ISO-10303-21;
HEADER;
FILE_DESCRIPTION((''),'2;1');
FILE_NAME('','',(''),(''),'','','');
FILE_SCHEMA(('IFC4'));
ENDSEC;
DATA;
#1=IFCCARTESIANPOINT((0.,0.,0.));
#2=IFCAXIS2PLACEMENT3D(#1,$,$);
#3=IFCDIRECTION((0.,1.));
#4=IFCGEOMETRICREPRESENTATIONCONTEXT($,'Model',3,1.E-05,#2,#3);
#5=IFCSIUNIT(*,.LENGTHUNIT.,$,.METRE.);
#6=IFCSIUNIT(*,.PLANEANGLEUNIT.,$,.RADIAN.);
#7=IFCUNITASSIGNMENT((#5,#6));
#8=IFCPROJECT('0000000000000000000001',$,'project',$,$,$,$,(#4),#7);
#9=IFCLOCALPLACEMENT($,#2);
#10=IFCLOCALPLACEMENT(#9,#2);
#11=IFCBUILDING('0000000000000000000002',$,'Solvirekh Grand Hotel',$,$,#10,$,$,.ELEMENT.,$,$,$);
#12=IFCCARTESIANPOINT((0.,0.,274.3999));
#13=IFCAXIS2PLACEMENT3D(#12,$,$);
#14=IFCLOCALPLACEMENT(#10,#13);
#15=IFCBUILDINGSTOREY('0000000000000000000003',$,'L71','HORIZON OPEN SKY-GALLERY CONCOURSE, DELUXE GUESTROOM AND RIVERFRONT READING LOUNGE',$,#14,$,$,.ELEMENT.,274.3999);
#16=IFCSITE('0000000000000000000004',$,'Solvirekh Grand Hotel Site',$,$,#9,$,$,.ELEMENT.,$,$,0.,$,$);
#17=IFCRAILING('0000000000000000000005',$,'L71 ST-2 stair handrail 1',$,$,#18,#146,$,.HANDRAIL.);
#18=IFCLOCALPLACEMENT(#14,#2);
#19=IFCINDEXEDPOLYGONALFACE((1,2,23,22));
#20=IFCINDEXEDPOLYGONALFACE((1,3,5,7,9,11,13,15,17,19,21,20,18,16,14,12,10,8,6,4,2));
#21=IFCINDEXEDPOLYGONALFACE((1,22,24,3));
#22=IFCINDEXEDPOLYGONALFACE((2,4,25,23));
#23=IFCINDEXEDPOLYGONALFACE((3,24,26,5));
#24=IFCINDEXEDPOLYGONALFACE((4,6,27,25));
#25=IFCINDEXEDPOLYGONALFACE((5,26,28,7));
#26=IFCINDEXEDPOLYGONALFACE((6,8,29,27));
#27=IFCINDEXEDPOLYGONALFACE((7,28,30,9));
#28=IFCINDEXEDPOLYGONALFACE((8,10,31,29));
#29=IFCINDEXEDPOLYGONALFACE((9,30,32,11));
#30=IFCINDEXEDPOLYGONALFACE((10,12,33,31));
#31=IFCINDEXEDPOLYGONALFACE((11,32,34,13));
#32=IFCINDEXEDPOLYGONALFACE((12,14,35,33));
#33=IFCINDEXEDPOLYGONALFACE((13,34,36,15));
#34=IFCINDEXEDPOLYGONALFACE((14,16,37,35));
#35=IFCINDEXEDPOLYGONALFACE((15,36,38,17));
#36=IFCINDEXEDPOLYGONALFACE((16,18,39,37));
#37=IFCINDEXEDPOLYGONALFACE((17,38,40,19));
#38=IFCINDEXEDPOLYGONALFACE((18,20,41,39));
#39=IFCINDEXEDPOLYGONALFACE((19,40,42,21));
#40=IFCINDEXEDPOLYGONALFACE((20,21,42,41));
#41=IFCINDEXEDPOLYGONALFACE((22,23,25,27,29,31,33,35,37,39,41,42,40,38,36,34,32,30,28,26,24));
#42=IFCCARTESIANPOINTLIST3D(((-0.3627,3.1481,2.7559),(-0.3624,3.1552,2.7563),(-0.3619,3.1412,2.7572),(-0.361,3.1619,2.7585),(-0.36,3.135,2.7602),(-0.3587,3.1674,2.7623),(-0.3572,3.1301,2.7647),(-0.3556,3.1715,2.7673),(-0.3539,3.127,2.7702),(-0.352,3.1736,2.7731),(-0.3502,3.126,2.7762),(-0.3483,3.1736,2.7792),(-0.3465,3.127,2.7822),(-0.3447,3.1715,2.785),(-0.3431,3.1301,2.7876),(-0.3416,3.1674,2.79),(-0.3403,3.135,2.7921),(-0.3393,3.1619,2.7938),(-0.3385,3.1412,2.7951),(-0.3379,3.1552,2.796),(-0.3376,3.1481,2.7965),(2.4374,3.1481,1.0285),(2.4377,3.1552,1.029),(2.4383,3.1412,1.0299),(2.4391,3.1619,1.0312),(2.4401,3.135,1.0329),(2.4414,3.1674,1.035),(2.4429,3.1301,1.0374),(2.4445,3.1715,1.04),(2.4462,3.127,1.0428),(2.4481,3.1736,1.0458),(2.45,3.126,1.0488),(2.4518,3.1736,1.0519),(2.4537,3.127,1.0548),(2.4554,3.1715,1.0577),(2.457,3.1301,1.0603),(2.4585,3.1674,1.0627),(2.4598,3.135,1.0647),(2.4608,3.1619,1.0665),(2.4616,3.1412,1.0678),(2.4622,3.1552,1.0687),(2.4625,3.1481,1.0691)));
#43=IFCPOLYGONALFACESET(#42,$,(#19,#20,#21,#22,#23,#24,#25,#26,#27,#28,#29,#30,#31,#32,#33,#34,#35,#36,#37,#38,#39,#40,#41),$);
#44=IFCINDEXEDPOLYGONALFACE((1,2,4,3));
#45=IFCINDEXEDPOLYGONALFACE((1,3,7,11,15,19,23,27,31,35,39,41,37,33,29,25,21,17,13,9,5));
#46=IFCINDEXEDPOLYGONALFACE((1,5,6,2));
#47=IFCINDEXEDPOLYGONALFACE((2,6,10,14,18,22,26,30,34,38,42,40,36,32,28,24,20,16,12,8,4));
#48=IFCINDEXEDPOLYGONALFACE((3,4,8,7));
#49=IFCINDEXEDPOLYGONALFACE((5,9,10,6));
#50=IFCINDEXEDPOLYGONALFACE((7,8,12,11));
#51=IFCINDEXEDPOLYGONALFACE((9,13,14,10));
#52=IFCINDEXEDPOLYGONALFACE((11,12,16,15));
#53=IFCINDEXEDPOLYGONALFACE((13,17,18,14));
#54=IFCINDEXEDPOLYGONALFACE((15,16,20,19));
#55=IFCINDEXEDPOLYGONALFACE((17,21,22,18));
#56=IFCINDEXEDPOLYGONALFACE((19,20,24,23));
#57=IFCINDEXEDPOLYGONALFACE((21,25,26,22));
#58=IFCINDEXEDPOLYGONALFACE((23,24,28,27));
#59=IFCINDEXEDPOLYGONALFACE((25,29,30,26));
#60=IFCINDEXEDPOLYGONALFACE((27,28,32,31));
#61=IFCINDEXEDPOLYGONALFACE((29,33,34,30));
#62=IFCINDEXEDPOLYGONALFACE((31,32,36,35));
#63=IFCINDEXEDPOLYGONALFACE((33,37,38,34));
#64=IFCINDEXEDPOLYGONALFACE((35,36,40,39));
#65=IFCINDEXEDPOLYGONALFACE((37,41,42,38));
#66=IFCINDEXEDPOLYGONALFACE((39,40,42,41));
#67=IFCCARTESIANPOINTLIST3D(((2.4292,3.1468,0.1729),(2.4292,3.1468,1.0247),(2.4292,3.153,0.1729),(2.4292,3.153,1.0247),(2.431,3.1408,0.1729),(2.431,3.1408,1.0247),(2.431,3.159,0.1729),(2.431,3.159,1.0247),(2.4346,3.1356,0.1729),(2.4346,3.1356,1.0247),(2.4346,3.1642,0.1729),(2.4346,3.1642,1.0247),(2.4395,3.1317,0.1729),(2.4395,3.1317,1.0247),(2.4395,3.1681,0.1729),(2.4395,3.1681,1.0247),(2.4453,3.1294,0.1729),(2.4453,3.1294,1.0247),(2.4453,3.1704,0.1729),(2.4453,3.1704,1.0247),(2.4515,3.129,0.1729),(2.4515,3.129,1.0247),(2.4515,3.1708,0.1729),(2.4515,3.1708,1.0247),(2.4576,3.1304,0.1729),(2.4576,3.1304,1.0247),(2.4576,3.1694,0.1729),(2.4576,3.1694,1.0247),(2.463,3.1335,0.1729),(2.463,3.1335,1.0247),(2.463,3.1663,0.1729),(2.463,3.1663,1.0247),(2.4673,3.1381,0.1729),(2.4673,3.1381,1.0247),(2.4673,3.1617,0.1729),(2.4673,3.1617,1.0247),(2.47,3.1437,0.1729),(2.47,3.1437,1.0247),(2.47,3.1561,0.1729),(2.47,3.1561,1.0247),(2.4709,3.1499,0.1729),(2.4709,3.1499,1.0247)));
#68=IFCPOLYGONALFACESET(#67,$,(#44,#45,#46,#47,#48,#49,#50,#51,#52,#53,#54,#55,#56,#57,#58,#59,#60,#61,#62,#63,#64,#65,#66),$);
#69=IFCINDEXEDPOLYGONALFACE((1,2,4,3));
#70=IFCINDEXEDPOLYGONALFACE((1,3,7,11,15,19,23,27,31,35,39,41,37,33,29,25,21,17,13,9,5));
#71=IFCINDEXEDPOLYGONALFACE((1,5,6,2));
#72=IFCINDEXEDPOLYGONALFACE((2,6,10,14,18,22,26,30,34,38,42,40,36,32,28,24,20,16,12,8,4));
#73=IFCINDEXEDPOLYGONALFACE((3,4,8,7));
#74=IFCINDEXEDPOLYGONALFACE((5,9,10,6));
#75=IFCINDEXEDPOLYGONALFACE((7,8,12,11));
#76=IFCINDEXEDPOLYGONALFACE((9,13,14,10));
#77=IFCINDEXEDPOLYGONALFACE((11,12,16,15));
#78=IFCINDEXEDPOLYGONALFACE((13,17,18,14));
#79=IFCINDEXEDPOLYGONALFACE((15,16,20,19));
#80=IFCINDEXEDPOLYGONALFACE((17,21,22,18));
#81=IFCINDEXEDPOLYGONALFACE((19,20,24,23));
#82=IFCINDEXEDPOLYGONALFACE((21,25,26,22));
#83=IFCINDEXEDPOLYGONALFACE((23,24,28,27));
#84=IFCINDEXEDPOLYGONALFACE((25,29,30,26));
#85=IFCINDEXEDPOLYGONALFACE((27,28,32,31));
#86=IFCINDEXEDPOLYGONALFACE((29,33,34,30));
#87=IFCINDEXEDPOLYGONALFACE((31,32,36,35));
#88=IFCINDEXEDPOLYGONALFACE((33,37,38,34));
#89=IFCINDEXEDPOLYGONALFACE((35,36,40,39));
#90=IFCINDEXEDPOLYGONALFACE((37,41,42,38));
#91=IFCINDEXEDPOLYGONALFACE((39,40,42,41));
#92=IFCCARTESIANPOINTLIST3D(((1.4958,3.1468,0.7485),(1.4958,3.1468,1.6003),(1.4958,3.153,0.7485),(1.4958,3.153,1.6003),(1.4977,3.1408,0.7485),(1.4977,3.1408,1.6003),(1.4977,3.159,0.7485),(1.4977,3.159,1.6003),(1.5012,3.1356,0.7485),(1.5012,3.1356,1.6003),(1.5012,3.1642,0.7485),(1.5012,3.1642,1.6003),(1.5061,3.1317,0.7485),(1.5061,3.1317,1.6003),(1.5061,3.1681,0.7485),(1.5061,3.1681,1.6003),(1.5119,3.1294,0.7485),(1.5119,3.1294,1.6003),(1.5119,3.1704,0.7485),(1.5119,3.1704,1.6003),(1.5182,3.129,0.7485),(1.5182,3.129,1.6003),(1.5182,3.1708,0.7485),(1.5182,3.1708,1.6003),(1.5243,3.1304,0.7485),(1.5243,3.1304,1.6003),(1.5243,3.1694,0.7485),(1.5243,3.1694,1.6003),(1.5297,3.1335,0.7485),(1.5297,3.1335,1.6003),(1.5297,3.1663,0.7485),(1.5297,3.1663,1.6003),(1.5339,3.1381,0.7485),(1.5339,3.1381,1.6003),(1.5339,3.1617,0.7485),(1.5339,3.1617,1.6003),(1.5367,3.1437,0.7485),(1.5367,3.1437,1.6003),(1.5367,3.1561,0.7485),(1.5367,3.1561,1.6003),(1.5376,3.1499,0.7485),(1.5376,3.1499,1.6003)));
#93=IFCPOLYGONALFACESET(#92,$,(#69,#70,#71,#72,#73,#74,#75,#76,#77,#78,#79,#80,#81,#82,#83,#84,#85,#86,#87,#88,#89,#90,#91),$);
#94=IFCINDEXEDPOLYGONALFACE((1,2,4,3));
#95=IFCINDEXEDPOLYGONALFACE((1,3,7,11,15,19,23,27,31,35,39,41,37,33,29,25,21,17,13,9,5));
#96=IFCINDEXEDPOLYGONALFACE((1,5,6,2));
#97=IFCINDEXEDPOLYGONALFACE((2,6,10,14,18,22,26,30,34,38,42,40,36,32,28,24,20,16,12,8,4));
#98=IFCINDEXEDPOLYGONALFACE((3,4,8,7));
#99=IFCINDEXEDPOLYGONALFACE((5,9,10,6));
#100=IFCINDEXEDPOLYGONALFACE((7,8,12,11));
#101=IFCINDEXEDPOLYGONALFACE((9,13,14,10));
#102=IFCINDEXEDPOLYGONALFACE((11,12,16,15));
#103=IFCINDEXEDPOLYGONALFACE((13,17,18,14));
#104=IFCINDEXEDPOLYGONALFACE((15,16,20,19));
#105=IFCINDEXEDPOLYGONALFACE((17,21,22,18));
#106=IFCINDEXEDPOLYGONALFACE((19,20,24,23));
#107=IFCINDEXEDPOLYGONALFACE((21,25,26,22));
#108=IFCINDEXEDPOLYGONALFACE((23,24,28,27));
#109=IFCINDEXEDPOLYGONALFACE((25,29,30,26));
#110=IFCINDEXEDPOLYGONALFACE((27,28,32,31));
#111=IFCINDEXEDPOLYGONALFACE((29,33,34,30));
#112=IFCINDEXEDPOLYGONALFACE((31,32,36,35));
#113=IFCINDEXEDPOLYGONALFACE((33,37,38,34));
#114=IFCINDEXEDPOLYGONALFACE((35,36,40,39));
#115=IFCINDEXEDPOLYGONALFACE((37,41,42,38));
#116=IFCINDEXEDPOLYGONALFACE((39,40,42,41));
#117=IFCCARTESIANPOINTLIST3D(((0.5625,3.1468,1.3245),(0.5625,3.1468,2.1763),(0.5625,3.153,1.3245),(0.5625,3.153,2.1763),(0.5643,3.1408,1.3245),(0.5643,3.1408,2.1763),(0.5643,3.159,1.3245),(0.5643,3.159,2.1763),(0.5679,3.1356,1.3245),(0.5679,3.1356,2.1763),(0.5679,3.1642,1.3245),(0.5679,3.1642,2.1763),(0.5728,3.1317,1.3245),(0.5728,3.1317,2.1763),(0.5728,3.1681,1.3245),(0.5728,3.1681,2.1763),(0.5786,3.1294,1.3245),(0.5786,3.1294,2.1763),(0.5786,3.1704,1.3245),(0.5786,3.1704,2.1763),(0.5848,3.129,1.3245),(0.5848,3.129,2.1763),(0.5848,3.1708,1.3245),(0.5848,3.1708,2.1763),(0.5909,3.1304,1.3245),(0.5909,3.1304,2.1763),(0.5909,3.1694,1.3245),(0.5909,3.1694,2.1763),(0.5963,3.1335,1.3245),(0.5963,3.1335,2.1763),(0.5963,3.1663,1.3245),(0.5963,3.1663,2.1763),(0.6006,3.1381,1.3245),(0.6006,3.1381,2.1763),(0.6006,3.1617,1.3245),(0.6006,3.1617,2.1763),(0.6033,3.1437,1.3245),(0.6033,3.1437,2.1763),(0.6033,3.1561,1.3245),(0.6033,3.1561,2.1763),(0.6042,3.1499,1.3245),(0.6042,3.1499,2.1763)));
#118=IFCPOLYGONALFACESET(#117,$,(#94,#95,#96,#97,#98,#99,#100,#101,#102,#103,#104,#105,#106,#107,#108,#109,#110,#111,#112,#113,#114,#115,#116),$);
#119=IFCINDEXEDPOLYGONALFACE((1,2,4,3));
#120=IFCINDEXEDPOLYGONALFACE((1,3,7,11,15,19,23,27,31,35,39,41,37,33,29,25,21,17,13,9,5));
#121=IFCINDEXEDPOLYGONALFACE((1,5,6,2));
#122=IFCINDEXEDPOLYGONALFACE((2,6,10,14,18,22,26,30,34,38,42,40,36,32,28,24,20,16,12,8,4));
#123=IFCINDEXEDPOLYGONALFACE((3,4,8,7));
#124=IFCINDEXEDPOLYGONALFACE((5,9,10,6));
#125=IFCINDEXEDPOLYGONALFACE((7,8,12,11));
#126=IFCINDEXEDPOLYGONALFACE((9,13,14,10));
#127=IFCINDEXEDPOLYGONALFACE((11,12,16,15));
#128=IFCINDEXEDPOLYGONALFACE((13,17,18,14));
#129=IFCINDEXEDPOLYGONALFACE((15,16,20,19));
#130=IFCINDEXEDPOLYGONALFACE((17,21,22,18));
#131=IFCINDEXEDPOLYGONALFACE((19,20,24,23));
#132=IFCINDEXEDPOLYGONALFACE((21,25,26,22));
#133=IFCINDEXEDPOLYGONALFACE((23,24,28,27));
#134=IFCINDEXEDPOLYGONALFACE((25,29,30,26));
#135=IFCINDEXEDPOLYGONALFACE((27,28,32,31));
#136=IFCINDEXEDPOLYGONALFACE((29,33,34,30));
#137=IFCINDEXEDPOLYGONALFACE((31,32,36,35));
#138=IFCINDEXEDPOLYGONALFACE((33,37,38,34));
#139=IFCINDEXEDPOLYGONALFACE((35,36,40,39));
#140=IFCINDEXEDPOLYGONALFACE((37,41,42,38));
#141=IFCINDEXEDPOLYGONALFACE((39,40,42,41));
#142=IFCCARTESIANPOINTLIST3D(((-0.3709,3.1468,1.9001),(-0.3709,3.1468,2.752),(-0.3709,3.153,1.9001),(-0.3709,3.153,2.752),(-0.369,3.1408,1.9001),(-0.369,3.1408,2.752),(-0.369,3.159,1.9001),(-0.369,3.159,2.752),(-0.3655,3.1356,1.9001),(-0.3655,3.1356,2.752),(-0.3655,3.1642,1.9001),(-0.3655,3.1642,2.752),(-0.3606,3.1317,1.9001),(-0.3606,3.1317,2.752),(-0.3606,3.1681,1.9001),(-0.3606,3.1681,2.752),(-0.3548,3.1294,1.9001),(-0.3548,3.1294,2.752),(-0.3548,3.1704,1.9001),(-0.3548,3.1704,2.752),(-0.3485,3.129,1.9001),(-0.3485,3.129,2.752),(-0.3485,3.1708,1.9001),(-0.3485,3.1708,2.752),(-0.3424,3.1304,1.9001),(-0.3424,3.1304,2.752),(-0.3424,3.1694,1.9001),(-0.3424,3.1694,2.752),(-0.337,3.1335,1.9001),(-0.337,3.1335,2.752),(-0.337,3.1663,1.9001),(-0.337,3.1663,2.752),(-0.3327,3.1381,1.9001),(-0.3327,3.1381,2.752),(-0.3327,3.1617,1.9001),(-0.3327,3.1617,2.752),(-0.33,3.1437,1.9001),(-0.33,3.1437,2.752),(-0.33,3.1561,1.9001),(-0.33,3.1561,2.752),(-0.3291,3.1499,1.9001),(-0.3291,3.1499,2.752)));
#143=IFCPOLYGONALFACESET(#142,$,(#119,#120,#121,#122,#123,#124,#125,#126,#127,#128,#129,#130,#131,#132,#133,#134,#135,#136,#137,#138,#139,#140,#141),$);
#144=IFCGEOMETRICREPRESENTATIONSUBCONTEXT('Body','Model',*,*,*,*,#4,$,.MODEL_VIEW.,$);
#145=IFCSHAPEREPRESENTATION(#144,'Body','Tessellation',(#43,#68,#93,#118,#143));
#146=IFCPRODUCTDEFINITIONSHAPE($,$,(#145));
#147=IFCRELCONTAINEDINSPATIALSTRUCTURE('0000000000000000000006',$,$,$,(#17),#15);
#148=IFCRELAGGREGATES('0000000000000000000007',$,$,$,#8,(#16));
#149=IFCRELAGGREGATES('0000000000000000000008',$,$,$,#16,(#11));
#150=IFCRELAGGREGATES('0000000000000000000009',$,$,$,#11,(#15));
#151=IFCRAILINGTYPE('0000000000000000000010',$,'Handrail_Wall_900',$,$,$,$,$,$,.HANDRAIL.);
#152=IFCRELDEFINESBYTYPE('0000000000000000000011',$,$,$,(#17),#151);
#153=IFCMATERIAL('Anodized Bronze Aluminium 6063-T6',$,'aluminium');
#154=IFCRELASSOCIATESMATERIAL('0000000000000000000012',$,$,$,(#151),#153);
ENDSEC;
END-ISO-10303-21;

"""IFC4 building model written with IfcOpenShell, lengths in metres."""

from ifc_helpers import new_model, si_unit, direction, frame, origin, origin_2d, place, context, subcontext, project, spatial, circle, extrude, material, type_object, element, save


model = new_model("IFC4")

# Units and contexts
model_context = context("Model", 3, precision=1e-05, world=origin(), true_north=direction((0.0, 1.0)))
body_context = subcontext(model_context, "Body", "Model", "MODEL_VIEW")
ifc_project = project(units=[si_unit("LENGTHUNIT", "METRE"), si_unit("PLANEANGLEUNIT", "RADIAN")], contexts=[model_context])

# Site, building, storey
site_placement = place(None, origin())
site = spatial("IfcSite", under=ifc_project, at=site_placement, Name="Solvirekh Grand Hotel Site", CompositionType="ELEMENT", RefElevation=0.0)
building_placement = place(site_placement, origin())
building = spatial("IfcBuilding", under=site, at=building_placement, Name="Solvirekh Grand Hotel", CompositionType="ELEMENT")
storey_placement = place(building_placement, frame((0.0, 0.0, 274.3999)))
storey = spatial("IfcBuildingStorey", under=building, at=storey_placement, Name="L71", Description="HORIZON OPEN SKY-GALLERY CONCOURSE, DELUXE GUESTROOM AND RIVERFRONT READING LOUNGE", CompositionType="ELEMENT", Elevation=274.3999)

# Shared definitions
ifc_material_1 = material(Name="Anodized Bronze Aluminium 6063-T6", Category="aluminium")

# Railing
railing_type_1 = type_object("IfcRailingType", Name="Handrail_Wall_900", PredefinedType="HANDRAIL", material=ifc_material_1)
railing_1_placement = place(storey_placement, frame((2.45, 3.1499, 0.1729)))
element("IfcRailing", 1, at=railing_1_placement, inside=storey, type_object=railing_type_1, Name="L71 ST-2 stair handrail 1", PredefinedType="HANDRAIL", context=body_context, shape_type="SweptSolid", body=[
    extrude(circle(Radius=0.0239, at=origin_2d()), frame((0.0, 0.0, 0.876), z_axis=(-0.85109, 0.0, 0.52502), x_axis=(0.0, -1.0, 0.0)), (0.0, 0.0, 1.0), 3.29),
    extrude(circle(Radius=0.021, at=origin_2d()), origin(), (0.0, 0.0, 1.0), 0.8518),
    extrude(circle(Radius=0.021, at=origin_2d()), frame((-0.9333, 0.0, 0.5757)), (0.0, 0.0, 1.0), 0.8518),
    extrude(circle(Radius=0.021, at=origin_2d()), frame((-1.8667, 0.0, 1.1516)), (0.0, 0.0, 1.0), 0.8518),
    extrude(circle(Radius=0.021, at=origin_2d()), frame((-2.8, 0.0, 1.7273)), (0.0, 0.0, 1.0), 0.8518),
])

save(model, "model.ifc")
